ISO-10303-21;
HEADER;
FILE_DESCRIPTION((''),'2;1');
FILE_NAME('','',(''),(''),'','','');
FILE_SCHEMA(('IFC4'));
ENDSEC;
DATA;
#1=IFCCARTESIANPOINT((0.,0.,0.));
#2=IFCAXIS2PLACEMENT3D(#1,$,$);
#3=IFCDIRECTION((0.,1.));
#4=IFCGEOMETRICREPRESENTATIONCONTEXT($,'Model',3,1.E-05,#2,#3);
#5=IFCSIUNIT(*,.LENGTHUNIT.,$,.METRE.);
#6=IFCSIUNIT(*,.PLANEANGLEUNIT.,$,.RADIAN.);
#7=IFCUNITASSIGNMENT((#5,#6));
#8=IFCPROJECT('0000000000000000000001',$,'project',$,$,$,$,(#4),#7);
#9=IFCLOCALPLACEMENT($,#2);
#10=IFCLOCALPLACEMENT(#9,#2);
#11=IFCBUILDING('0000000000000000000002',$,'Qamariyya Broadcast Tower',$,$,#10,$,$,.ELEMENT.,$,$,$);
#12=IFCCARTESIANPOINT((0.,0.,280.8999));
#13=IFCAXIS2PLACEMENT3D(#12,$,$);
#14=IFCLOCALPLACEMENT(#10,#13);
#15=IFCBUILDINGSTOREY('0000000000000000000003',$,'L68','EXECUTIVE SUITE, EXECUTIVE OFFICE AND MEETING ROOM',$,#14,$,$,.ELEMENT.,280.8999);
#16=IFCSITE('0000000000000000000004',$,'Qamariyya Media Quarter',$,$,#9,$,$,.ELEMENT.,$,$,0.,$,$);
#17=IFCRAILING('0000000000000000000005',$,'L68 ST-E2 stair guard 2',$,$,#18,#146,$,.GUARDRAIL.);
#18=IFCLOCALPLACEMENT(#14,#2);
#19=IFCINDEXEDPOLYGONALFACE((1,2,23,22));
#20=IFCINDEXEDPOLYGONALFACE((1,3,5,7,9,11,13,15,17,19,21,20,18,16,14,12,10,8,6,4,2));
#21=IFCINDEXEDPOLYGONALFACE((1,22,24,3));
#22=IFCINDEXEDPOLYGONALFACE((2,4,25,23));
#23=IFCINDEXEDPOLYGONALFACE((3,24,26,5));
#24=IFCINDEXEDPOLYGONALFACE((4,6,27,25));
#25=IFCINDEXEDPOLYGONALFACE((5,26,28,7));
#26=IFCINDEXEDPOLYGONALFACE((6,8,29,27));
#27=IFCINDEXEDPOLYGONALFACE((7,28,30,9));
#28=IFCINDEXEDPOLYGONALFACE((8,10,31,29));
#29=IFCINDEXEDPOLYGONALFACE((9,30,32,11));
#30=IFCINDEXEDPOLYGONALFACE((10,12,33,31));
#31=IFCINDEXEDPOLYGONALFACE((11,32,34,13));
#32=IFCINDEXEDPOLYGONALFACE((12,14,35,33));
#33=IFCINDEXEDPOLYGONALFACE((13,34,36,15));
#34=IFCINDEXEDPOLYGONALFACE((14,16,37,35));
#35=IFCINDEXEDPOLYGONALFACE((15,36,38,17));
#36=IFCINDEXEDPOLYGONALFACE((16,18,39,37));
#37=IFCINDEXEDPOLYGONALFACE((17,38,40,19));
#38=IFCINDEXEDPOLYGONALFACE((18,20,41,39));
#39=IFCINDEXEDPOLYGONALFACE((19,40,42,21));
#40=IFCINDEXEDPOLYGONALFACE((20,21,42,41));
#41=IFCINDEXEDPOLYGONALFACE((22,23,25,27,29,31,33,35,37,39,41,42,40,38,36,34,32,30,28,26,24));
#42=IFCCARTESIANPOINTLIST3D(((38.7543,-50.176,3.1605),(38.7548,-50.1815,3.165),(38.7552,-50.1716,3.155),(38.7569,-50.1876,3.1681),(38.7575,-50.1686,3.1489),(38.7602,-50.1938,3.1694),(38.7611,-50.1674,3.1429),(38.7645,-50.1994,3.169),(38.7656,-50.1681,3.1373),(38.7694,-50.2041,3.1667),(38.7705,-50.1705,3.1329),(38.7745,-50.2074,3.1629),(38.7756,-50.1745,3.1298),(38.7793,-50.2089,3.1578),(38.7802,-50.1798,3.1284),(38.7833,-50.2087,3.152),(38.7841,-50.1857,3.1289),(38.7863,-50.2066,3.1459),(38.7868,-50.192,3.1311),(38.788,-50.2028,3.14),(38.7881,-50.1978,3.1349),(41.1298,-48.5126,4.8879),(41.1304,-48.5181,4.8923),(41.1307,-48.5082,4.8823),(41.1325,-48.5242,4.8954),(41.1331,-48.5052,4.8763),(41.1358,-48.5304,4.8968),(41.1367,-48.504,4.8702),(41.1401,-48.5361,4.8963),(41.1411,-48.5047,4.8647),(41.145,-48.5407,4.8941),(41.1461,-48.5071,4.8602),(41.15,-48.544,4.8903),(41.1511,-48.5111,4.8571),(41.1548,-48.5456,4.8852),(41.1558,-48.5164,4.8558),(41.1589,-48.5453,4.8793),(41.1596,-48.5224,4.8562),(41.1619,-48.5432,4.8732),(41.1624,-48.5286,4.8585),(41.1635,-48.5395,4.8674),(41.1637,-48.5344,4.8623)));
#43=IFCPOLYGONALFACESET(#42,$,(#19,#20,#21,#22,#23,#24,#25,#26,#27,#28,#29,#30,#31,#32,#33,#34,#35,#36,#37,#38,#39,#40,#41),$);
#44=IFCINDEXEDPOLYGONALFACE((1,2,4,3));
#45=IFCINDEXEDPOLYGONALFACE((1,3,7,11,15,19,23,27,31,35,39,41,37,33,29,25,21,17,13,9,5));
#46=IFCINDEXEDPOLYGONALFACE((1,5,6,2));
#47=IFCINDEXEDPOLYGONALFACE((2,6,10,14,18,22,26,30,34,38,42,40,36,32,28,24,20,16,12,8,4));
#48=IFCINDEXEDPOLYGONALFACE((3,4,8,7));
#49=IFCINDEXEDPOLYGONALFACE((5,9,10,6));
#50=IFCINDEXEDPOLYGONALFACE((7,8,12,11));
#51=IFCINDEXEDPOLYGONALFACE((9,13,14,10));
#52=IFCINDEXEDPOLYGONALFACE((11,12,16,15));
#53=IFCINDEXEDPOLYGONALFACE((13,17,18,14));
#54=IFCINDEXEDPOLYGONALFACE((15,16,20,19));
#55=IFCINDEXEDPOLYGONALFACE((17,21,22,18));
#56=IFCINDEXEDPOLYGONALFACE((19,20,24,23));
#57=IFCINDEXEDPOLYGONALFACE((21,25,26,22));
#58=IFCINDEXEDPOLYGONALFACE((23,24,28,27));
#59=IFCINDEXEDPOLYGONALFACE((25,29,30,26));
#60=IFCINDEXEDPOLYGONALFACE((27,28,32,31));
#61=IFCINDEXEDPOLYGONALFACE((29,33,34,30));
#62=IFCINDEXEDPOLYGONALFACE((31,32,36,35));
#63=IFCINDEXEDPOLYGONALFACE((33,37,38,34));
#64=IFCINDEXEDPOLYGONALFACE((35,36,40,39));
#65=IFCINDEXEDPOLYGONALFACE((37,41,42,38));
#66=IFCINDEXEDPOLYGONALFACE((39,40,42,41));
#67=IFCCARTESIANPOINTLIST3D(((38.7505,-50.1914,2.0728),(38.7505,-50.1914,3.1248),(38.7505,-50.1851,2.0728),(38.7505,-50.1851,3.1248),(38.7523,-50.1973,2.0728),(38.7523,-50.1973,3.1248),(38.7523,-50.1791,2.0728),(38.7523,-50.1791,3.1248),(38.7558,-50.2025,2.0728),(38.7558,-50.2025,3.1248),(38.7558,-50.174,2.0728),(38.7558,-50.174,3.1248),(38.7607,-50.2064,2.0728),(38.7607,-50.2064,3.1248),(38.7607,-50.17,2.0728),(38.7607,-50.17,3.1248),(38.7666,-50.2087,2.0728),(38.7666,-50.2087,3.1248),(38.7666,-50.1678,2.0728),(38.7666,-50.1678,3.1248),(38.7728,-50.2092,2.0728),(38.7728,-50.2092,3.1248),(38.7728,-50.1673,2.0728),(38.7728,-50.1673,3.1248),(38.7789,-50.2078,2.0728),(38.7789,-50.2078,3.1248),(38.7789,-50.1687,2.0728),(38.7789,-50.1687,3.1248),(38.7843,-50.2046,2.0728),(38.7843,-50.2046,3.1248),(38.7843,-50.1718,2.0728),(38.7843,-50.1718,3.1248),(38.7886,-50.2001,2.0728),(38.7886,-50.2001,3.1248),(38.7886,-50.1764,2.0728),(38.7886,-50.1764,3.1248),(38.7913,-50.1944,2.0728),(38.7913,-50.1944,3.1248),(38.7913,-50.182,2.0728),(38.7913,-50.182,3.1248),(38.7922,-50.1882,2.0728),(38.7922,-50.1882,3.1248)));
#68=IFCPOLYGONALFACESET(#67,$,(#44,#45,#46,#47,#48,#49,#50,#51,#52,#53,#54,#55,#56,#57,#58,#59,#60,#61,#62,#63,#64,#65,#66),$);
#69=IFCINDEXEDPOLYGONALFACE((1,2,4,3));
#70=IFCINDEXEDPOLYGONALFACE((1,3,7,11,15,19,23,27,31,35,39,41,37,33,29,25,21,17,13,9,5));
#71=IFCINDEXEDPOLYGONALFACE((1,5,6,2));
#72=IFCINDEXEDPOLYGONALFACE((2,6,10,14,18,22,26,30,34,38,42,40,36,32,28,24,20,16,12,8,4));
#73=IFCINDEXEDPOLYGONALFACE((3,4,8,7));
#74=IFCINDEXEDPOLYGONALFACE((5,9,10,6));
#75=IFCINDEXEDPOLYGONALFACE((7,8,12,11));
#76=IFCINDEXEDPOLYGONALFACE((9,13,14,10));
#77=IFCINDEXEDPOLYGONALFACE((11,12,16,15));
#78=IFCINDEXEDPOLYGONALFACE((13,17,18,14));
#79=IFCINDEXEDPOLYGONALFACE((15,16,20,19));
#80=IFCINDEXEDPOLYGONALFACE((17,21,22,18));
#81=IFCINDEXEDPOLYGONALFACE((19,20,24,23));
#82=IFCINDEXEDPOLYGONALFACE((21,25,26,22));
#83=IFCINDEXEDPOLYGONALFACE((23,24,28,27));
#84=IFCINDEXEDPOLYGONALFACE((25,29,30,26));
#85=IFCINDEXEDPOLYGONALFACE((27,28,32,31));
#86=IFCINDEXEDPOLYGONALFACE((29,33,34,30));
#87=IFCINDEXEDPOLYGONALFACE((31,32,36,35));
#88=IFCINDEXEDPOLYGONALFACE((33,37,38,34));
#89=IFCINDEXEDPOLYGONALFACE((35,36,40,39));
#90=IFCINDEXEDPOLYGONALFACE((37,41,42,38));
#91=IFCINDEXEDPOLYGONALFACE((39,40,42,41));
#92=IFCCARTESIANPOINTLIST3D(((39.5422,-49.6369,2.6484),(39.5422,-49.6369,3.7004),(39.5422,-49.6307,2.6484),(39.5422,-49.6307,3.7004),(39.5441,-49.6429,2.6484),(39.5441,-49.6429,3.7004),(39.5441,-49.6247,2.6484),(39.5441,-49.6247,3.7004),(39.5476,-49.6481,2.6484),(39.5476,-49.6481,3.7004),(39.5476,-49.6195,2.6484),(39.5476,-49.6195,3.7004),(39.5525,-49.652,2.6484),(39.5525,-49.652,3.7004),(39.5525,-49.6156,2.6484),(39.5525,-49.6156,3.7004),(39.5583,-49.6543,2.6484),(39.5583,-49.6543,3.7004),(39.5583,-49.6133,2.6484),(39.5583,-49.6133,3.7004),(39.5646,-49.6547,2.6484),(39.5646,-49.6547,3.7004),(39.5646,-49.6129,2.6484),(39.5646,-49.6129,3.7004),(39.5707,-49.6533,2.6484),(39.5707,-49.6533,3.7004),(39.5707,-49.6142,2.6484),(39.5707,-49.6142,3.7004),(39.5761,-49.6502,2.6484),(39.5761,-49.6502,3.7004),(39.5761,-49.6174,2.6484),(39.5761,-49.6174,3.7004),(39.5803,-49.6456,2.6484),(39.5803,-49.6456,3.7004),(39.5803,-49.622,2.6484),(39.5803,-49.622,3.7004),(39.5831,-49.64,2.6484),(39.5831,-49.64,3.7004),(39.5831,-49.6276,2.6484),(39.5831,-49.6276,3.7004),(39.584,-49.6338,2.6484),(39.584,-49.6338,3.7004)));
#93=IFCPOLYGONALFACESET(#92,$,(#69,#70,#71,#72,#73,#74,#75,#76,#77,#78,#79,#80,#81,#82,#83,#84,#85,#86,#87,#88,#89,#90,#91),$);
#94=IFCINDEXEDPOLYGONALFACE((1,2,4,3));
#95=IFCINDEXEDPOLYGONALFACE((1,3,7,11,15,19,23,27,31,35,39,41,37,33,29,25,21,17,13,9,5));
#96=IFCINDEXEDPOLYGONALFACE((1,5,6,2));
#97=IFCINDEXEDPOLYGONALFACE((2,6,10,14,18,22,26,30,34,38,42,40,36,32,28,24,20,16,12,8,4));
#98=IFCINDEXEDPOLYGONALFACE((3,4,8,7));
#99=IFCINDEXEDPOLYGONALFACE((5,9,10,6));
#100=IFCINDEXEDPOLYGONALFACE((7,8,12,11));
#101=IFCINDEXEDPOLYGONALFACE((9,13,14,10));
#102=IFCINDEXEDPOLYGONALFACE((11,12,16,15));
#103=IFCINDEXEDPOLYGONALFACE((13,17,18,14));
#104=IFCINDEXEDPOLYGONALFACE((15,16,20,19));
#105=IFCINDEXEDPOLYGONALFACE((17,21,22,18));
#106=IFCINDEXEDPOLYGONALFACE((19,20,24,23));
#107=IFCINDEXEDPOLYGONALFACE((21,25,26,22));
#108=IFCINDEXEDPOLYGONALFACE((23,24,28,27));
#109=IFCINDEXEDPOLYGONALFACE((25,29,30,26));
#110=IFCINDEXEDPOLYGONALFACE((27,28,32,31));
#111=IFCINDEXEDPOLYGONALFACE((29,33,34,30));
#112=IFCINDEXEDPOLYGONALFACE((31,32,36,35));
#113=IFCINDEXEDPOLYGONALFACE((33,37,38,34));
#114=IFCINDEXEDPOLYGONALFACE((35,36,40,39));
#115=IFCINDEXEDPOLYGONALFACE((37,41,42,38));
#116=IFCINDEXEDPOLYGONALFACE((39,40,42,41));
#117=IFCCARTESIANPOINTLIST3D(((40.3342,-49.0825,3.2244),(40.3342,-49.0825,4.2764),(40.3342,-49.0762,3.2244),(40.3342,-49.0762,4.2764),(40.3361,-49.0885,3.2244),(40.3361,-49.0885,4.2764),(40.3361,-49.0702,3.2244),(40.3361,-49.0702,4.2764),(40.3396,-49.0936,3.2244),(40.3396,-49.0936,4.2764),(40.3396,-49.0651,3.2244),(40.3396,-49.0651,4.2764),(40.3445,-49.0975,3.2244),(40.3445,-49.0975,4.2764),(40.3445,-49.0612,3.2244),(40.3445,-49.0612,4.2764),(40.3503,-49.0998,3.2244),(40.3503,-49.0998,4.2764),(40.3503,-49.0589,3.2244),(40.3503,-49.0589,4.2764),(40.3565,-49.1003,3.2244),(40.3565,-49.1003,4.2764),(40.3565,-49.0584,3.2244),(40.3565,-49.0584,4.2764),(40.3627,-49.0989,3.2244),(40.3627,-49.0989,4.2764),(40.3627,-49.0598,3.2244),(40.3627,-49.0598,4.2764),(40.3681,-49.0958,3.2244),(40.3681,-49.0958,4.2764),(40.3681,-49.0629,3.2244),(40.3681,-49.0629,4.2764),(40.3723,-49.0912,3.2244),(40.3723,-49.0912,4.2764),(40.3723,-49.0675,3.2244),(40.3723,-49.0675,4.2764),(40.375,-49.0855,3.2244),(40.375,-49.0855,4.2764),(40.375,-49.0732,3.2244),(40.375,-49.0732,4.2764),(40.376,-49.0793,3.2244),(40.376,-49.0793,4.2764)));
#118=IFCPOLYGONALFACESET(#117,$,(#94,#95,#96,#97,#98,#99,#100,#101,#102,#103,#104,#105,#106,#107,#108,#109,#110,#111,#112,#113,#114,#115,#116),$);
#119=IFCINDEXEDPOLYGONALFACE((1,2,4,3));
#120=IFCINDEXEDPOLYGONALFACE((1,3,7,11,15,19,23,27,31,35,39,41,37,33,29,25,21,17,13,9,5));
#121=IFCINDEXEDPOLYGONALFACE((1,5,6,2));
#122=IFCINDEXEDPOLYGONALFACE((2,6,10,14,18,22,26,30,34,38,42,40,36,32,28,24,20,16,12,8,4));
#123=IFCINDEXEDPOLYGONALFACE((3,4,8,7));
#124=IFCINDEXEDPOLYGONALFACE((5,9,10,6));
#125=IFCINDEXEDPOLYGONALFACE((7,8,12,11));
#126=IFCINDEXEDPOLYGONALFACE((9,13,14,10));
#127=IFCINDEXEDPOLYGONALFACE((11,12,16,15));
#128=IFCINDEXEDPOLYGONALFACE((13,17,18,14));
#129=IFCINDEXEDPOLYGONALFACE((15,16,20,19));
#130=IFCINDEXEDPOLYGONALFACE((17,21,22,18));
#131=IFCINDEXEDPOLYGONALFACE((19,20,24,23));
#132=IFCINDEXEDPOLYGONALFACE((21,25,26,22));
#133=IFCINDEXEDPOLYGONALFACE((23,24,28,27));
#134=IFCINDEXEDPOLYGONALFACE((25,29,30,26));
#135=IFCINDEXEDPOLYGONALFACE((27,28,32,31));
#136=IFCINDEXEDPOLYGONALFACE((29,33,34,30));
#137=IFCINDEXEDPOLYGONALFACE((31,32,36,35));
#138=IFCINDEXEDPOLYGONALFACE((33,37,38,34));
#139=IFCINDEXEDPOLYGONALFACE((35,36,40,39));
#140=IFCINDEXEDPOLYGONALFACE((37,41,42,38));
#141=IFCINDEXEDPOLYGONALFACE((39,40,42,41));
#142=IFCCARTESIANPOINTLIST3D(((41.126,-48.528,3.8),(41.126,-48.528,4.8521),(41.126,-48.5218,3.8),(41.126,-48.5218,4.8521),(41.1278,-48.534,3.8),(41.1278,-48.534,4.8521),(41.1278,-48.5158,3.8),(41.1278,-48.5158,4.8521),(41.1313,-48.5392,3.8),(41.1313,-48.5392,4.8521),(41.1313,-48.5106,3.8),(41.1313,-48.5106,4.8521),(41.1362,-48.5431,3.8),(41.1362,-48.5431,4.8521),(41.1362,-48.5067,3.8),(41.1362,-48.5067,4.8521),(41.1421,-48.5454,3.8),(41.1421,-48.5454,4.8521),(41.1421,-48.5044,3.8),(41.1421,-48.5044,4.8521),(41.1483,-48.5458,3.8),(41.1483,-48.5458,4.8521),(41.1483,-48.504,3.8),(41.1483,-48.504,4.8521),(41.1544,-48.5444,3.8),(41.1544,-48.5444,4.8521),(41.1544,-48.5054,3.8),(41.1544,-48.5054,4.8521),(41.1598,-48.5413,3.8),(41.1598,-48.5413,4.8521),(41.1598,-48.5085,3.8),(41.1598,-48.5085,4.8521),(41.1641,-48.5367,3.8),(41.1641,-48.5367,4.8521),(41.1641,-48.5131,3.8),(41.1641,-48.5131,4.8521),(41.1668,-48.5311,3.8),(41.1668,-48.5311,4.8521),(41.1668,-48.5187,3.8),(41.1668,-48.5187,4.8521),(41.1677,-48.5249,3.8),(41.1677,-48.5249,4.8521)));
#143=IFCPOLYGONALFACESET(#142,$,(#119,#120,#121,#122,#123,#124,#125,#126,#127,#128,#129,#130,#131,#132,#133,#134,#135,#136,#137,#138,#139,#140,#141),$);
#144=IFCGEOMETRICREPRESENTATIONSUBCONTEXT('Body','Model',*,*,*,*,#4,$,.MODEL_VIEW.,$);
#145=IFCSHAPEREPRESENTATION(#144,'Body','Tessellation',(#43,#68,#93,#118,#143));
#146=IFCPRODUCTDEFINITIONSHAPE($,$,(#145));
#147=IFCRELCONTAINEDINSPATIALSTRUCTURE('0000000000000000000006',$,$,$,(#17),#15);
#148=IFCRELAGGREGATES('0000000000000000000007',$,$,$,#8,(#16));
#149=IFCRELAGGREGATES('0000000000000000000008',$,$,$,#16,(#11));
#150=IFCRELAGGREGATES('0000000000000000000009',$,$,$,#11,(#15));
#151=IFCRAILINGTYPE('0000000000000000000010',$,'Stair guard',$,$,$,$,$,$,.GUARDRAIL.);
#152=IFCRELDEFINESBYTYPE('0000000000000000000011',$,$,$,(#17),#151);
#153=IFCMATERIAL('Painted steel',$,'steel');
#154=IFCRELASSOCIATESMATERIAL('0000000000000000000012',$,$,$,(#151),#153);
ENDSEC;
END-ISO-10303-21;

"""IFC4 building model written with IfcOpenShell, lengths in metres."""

from ifc_helpers import new_model, si_unit, direction, frame, origin, origin_2d, place, context, subcontext, project, spatial, circle, extrude, material, type_object, element, save


model = new_model("IFC4")

# Units and contexts
model_context = context("Model", 3, precision=1e-05, world=origin(), true_north=direction((0.0, 1.0)))
body_context = subcontext(model_context, "Body", "Model", "MODEL_VIEW")
ifc_project = project(units=[si_unit("LENGTHUNIT", "METRE"), si_unit("PLANEANGLEUNIT", "RADIAN")], contexts=[model_context])

# Site, building, storey
site_placement = place(None, origin())
site = spatial("IfcSite", under=ifc_project, at=site_placement, Name="Qamariyya Media Quarter", CompositionType="ELEMENT", RefElevation=0.0)
building_placement = place(site_placement, origin())
building = spatial("IfcBuilding", under=site, at=building_placement, Name="Qamariyya Broadcast Tower", CompositionType="ELEMENT")
storey_placement = place(building_placement, frame((0.0, 0.0, 280.8999)))
storey = spatial("IfcBuildingStorey", under=building, at=storey_placement, Name="L68", Description="EXECUTIVE SUITE, EXECUTIVE OFFICE AND MEETING ROOM", CompositionType="ELEMENT", Elevation=280.8999)

# Railing
ifc_material_1 = material(Name="Painted steel", Category="steel")
railing_type_1 = type_object("IfcRailingType", Name="Stair guard", PredefinedType="GUARDRAIL", material=ifc_material_1)
railing_1_placement = place(storey_placement, frame((38.7712, -50.1882, 2.0728)))
element("IfcRailing", 1, at=railing_1_placement, inside=storey, type_object=railing_type_1, Name="L68 ST-E2 stair guard 2", PredefinedType="GUARDRAIL", context=body_context, shape_type="SweptSolid", body=[
    extrude(circle(Radius=0.0239, at=origin_2d()), frame((0.0, 0.0, 1.0762), z_axis=(0.70377, 0.492784, 0.511734), x_axis=(-0.573575, 0.819153, 0.0)), (0.0, 0.0, 1.0), 3.3755),
    extrude(circle(Radius=0.021, at=origin_2d()), origin(), (0.0, 0.0, 1.0), 1.052),
    extrude(circle(Radius=0.021, at=origin_2d()), frame((0.7917, 0.5544, 0.5757)), (0.0, 0.0, 1.0), 1.052),
    extrude(circle(Radius=0.021, at=origin_2d()), frame((1.5837, 1.1089, 1.1516)), (0.0, 0.0, 1.0), 1.052),
    extrude(circle(Radius=0.021, at=origin_2d()), frame((2.3755, 1.6633, 1.7273)), (0.0, 0.0, 1.0), 1.052),
])

save(model, "model.ifc")
